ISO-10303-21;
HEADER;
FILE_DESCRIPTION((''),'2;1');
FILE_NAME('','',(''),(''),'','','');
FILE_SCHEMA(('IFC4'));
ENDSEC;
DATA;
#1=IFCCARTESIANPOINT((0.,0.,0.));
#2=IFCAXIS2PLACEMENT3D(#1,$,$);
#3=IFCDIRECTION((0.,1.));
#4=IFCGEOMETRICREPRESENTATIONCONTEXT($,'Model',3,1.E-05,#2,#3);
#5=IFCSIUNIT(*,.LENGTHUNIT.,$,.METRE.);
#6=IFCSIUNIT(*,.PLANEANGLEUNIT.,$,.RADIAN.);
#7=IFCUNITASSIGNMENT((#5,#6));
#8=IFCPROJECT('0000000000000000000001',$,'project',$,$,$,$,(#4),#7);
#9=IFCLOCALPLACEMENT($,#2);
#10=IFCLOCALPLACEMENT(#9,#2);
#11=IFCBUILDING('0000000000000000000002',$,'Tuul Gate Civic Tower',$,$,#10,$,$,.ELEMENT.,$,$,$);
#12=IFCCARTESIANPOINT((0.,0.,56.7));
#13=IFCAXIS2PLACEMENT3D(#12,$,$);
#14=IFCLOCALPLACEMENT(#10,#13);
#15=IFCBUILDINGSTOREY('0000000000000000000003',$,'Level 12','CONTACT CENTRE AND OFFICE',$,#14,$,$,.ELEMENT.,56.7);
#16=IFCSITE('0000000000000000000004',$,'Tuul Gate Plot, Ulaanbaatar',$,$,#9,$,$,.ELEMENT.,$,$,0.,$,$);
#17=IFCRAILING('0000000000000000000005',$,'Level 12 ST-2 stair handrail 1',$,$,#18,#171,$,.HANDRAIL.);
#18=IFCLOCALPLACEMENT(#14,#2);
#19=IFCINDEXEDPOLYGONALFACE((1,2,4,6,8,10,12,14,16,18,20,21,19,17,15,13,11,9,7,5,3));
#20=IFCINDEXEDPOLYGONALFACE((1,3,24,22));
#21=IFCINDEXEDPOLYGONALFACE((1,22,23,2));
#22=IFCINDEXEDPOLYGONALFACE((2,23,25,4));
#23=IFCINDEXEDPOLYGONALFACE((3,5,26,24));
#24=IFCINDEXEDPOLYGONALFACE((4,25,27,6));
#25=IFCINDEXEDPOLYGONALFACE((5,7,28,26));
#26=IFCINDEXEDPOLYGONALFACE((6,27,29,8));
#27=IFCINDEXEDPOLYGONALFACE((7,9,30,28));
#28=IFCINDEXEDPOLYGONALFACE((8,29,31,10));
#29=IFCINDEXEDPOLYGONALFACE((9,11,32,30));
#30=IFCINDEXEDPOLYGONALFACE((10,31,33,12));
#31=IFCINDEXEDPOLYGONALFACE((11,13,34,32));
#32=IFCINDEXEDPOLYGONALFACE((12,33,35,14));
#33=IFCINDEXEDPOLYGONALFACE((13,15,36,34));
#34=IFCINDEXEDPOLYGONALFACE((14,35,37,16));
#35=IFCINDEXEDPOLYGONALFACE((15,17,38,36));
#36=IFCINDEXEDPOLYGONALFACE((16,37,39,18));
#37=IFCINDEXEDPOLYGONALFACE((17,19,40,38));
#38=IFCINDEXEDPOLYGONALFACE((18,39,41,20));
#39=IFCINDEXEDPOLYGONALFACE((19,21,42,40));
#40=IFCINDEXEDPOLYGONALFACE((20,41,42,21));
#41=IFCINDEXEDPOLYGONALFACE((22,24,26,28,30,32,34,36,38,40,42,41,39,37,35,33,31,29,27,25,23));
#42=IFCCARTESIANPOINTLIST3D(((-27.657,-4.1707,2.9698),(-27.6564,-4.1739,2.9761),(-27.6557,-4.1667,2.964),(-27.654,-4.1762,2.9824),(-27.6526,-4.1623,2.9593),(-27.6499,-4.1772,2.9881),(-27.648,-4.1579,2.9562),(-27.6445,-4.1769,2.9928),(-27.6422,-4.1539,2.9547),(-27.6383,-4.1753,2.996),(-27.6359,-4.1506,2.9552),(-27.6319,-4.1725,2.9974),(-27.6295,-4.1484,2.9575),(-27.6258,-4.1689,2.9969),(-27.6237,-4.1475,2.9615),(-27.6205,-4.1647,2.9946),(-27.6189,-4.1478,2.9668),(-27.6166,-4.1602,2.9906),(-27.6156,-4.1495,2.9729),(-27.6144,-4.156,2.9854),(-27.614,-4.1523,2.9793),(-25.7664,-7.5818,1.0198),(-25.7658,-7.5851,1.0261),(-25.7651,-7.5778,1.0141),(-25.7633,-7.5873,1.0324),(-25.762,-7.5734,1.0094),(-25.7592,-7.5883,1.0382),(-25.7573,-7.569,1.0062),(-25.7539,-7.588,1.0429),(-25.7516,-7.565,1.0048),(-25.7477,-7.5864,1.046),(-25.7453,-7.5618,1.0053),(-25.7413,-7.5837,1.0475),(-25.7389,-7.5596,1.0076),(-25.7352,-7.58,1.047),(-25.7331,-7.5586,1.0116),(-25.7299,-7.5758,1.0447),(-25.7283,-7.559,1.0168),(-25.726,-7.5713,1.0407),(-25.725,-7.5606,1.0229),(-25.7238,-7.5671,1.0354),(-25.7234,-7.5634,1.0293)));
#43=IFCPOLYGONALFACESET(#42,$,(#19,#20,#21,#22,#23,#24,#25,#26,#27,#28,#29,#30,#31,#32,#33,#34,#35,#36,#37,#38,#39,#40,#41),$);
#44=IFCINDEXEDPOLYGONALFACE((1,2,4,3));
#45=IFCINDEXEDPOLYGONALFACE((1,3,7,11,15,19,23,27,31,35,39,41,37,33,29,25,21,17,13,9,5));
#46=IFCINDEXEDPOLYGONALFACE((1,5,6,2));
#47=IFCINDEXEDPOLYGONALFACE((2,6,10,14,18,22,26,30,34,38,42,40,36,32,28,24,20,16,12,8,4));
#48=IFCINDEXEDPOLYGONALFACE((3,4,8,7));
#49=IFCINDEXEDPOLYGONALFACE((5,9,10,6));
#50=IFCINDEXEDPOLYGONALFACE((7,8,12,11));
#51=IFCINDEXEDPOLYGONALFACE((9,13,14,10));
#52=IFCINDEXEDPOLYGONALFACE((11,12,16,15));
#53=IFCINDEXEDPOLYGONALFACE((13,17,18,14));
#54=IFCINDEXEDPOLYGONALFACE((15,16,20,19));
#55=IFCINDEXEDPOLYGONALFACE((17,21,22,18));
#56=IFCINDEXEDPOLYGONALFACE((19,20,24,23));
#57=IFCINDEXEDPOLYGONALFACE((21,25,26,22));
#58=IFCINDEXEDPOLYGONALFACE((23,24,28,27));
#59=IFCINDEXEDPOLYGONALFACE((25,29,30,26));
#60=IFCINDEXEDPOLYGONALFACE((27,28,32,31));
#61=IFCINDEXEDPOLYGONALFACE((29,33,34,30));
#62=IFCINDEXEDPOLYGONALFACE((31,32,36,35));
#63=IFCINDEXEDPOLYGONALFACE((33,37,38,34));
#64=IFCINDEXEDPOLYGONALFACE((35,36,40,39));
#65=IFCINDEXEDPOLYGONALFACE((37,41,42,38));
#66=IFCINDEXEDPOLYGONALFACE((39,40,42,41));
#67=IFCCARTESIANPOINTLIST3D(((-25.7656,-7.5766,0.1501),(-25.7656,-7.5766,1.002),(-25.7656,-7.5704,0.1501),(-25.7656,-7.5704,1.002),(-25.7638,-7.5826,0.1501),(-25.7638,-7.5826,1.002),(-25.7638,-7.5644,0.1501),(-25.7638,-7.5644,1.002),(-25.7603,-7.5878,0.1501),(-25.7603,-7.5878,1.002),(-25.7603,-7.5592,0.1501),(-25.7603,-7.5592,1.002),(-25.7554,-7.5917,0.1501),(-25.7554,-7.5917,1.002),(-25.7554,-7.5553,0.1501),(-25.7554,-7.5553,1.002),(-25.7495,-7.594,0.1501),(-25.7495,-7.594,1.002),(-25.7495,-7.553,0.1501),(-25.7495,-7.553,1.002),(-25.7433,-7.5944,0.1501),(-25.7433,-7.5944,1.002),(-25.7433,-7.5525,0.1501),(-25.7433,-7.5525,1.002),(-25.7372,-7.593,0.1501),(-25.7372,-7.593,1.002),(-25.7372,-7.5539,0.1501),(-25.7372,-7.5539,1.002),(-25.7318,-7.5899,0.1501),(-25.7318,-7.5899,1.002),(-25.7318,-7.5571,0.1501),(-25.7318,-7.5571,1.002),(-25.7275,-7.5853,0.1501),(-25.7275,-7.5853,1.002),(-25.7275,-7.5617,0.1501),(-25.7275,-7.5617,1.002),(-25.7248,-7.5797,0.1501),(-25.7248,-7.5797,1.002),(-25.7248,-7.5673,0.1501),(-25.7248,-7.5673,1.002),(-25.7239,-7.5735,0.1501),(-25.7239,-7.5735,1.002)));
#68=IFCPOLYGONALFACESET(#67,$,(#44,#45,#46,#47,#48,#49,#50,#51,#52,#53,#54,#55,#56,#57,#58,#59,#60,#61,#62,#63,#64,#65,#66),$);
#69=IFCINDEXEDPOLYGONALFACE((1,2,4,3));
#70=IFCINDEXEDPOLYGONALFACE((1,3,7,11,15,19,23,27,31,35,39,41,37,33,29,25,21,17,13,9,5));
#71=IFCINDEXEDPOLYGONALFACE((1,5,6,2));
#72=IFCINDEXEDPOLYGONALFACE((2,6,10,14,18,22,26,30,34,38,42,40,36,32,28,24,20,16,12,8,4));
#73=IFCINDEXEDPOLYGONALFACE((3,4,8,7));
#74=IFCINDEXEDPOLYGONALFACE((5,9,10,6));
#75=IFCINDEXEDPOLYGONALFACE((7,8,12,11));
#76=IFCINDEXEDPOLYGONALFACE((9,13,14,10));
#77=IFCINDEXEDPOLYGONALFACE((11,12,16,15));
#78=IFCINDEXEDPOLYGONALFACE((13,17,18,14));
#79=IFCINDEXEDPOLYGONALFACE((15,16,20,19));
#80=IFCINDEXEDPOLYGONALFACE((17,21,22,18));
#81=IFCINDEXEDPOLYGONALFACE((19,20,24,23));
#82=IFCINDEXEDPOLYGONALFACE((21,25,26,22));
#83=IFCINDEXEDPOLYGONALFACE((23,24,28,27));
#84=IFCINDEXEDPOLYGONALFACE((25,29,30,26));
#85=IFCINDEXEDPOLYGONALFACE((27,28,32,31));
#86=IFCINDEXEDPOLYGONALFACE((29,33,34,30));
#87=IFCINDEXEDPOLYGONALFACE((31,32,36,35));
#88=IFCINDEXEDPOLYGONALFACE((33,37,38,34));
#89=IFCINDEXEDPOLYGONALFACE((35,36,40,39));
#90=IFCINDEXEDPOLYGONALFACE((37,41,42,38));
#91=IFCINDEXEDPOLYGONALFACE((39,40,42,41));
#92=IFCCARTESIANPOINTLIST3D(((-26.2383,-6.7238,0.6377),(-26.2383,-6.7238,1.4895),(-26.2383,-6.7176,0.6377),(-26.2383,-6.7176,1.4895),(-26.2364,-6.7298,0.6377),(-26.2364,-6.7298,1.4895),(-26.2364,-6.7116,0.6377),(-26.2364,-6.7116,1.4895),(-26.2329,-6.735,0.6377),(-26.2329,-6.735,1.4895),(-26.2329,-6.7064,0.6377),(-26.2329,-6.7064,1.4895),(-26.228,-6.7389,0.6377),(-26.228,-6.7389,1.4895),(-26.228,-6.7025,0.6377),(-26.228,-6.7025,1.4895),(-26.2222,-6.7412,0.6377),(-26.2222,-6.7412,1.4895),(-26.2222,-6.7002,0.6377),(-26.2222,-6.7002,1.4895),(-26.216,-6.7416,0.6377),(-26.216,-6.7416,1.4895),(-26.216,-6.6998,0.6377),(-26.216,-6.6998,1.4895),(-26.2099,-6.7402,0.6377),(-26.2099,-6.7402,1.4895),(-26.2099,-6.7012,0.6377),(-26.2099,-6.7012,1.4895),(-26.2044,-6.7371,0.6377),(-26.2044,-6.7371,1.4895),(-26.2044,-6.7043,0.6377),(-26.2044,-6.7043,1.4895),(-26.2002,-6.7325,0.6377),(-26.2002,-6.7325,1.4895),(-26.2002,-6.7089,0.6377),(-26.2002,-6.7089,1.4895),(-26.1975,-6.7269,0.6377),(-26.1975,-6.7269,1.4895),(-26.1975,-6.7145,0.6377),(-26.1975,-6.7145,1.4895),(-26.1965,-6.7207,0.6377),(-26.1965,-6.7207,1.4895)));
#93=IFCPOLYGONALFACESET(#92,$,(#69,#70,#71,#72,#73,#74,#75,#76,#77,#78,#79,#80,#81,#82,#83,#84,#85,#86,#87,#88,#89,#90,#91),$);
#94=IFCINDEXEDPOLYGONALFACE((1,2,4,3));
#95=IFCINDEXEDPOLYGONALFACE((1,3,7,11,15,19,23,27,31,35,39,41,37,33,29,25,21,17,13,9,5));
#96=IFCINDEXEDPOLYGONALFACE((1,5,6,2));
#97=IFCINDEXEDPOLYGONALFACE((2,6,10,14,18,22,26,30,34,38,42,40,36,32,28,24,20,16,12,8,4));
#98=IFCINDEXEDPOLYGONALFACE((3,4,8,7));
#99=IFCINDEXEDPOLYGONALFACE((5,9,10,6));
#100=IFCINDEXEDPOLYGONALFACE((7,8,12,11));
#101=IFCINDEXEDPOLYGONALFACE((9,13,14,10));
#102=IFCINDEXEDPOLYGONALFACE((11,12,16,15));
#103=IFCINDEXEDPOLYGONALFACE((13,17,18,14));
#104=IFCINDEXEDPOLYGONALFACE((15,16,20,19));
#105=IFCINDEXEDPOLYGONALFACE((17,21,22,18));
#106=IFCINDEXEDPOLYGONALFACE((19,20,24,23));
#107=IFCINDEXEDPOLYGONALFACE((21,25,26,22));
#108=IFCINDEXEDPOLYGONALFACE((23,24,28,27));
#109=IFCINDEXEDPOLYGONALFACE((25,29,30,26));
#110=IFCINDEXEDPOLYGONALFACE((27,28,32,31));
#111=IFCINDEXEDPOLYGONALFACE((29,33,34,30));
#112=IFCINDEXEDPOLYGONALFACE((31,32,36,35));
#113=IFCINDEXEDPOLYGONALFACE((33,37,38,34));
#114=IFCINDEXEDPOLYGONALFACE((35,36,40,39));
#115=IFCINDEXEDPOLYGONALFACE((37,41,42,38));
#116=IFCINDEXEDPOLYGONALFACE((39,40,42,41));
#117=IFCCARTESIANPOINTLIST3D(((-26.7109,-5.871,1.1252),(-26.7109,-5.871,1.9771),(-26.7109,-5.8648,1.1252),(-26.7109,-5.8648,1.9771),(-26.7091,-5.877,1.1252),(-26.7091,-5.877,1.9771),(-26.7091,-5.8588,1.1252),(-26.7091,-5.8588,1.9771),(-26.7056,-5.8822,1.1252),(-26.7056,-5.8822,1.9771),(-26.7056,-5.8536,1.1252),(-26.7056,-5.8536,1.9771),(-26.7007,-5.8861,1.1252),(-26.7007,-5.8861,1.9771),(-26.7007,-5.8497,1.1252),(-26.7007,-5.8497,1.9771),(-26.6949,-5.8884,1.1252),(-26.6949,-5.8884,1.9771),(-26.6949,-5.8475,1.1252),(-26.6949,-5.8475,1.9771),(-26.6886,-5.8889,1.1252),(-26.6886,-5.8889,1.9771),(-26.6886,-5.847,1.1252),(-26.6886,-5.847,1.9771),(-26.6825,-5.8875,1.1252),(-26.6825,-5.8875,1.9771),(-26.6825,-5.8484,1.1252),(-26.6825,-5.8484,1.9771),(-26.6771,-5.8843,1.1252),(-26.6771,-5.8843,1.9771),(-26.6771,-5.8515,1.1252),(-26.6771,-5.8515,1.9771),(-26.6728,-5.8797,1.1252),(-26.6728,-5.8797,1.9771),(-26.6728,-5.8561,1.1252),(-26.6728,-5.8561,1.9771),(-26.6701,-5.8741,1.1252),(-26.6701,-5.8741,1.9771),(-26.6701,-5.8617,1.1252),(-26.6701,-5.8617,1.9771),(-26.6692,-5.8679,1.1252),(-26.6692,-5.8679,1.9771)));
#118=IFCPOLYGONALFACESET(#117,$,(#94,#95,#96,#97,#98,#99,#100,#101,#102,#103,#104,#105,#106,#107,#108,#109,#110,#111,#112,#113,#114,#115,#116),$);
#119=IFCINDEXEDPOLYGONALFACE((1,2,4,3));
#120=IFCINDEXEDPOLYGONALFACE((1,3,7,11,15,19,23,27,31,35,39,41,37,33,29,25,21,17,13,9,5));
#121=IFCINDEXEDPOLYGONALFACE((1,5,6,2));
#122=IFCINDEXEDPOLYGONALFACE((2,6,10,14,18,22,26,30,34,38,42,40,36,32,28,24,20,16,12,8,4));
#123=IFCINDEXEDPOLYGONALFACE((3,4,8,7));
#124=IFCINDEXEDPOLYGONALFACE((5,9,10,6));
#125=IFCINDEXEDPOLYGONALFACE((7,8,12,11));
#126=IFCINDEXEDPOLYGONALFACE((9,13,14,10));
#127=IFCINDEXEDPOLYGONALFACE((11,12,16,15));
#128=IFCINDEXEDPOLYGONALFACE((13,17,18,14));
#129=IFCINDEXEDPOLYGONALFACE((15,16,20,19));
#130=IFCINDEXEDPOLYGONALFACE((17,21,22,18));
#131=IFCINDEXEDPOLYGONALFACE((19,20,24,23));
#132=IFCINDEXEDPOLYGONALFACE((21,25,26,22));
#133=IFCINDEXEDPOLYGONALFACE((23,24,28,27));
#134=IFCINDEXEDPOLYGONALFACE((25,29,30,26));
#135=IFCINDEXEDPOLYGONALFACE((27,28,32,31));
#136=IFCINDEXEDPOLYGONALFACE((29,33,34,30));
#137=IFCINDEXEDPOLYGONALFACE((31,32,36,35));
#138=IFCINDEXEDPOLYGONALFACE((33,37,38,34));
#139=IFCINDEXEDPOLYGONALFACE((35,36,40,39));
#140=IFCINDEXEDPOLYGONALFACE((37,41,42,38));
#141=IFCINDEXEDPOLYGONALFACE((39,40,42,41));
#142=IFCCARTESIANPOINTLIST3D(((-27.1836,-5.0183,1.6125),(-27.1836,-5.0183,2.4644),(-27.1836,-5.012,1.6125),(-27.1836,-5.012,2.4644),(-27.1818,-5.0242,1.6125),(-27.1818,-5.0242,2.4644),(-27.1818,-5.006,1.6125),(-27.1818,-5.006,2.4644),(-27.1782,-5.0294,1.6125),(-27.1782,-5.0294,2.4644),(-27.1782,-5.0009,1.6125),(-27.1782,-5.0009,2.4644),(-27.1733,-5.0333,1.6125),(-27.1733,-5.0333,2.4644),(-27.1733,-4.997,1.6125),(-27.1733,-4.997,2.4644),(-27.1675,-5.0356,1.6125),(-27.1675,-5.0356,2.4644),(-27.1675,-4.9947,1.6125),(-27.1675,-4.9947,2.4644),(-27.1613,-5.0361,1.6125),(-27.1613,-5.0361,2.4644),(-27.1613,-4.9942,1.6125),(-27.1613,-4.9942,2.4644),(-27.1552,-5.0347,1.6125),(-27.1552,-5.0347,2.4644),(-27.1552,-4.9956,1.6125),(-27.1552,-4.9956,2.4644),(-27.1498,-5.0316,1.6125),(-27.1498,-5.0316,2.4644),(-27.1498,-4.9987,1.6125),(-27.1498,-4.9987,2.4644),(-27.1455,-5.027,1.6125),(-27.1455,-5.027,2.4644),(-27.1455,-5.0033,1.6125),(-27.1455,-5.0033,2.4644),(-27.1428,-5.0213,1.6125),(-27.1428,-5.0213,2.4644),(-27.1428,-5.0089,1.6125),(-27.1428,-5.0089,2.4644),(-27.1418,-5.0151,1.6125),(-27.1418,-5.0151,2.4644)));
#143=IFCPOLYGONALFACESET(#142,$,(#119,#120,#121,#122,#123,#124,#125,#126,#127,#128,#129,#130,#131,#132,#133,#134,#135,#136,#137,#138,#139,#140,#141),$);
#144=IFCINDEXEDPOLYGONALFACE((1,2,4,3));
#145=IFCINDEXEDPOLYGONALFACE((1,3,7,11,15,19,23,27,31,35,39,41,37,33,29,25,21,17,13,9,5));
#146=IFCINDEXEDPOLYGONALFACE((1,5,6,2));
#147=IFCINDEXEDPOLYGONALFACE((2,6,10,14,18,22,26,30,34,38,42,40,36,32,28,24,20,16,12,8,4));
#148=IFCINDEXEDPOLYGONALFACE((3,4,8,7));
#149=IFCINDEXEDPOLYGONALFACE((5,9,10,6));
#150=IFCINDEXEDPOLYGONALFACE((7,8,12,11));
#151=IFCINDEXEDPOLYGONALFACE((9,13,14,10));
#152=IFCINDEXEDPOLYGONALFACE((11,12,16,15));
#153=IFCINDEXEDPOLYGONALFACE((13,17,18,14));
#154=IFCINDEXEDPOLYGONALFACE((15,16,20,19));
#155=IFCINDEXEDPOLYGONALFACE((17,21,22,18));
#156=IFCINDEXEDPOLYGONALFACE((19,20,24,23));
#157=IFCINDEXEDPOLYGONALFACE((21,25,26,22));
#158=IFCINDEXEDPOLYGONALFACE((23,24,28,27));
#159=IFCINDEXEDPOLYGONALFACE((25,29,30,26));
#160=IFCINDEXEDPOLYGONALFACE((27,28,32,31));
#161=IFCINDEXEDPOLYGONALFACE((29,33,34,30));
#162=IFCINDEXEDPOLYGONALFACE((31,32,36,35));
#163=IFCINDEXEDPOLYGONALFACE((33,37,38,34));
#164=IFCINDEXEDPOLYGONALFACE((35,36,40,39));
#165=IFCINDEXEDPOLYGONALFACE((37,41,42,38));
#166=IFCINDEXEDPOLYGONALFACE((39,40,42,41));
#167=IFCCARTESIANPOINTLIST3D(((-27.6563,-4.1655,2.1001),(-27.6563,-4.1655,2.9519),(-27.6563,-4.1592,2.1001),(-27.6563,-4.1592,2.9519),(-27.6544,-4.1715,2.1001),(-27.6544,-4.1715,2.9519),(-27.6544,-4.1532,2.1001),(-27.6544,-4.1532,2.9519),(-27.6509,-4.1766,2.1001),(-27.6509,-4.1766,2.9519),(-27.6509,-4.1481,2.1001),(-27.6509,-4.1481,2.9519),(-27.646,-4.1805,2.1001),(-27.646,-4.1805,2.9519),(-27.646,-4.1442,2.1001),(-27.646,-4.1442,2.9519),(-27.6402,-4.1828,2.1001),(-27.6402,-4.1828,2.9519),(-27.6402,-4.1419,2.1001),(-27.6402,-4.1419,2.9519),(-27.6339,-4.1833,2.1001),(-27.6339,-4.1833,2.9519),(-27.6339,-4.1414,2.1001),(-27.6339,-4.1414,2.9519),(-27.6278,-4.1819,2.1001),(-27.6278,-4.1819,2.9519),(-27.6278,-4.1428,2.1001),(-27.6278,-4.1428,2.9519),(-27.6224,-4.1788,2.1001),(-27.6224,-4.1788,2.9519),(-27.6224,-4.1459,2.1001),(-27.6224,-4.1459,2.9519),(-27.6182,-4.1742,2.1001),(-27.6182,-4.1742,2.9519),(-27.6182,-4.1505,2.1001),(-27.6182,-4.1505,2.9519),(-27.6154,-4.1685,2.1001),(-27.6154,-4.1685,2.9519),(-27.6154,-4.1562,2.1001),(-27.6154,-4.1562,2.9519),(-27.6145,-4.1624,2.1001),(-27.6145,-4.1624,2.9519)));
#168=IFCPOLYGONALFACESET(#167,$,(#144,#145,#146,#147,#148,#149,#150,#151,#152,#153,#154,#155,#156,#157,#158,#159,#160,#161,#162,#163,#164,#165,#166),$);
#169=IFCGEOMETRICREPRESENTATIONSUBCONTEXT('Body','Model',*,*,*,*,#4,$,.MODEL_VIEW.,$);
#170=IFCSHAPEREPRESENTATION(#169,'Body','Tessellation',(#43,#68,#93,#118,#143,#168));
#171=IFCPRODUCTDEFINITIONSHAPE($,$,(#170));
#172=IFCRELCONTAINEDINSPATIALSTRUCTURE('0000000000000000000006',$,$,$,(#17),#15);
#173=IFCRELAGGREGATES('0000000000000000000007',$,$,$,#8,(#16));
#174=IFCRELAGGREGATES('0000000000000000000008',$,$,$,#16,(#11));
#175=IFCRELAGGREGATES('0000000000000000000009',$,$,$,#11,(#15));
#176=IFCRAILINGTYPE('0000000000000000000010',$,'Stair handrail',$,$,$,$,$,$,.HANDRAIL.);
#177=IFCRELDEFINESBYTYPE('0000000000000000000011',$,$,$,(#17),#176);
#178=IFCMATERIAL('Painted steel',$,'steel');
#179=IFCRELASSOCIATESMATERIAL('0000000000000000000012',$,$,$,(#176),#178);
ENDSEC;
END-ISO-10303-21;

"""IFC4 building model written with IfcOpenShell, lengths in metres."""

from ifc_helpers import new_model, si_unit, direction, frame, origin, origin_2d, place, context, subcontext, project, spatial, circle, extrude, material, type_object, element, save


model = new_model("IFC4")

# Units and contexts
model_context = context("Model", 3, precision=1e-05, world=origin(), true_north=direction((0.0, 1.0)))
body_context = subcontext(model_context, "Body", "Model", "MODEL_VIEW")
ifc_project = project(units=[si_unit("LENGTHUNIT", "METRE"), si_unit("PLANEANGLEUNIT", "RADIAN")], contexts=[model_context])

# Site, building, storey
site_placement = place(None, origin())
site = spatial("IfcSite", under=ifc_project, at=site_placement, Name="Tuul Gate Plot, Ulaanbaatar", CompositionType="ELEMENT", RefElevation=0.0)
building_placement = place(site_placement, origin())
building = spatial("IfcBuilding", under=site, at=building_placement, Name="Tuul Gate Civic Tower", CompositionType="ELEMENT")
storey_placement = place(building_placement, frame((0.0, 0.0, 56.7)))
storey = spatial("IfcBuildingStorey", under=building, at=storey_placement, Name="Level 12", Description="CONTACT CENTRE AND OFFICE", CompositionType="ELEMENT", Elevation=56.7)

# Railing
ifc_material_1 = material(Name="Painted steel", Category="steel")
railing_type_1 = type_object("IfcRailingType", Name="Stair handrail", PredefinedType="HANDRAIL", material=ifc_material_1)
railing_1_placement = place(storey_placement, frame((-25.7449, -7.5735, 0.1501)))
element("IfcRailing", 1, at=railing_1_placement, inside=storey, type_object=railing_type_1, Name="Level 12 ST-2 stair handrail 1", PredefinedType="HANDRAIL", context=body_context, shape_type="SweptSolid", body=[
    extrude(circle(Radius=0.0239, at=origin_2d()), frame((0.0, 0.0, 0.876), z_axis=(-0.433595, 0.782308, 0.447201), x_axis=(-0.874641, -0.484771, 0.0)), (0.0, 0.0, 1.0), 4.3604),
    extrude(circle(Radius=0.021, at=origin_2d()), origin(), (0.0, 0.0, 1.0), 0.8518),
    extrude(circle(Radius=0.021, at=origin_2d()), frame((-0.4727, 0.8528, 0.4875)), (0.0, 0.0, 1.0), 0.8518),
    extrude(circle(Radius=0.021, at=origin_2d()), frame((-0.9453, 1.7056, 0.9751)), (0.0, 0.0, 1.0), 0.8518),
    extrude(circle(Radius=0.021, at=origin_2d()), frame((-1.418, 2.5583, 1.4624)), (0.0, 0.0, 1.0), 0.8518),
    extrude(circle(Radius=0.021, at=origin_2d()), frame((-1.8906, 3.4111, 1.95)), (0.0, 0.0, 1.0), 0.8518),
])

save(model, "model.ifc")
